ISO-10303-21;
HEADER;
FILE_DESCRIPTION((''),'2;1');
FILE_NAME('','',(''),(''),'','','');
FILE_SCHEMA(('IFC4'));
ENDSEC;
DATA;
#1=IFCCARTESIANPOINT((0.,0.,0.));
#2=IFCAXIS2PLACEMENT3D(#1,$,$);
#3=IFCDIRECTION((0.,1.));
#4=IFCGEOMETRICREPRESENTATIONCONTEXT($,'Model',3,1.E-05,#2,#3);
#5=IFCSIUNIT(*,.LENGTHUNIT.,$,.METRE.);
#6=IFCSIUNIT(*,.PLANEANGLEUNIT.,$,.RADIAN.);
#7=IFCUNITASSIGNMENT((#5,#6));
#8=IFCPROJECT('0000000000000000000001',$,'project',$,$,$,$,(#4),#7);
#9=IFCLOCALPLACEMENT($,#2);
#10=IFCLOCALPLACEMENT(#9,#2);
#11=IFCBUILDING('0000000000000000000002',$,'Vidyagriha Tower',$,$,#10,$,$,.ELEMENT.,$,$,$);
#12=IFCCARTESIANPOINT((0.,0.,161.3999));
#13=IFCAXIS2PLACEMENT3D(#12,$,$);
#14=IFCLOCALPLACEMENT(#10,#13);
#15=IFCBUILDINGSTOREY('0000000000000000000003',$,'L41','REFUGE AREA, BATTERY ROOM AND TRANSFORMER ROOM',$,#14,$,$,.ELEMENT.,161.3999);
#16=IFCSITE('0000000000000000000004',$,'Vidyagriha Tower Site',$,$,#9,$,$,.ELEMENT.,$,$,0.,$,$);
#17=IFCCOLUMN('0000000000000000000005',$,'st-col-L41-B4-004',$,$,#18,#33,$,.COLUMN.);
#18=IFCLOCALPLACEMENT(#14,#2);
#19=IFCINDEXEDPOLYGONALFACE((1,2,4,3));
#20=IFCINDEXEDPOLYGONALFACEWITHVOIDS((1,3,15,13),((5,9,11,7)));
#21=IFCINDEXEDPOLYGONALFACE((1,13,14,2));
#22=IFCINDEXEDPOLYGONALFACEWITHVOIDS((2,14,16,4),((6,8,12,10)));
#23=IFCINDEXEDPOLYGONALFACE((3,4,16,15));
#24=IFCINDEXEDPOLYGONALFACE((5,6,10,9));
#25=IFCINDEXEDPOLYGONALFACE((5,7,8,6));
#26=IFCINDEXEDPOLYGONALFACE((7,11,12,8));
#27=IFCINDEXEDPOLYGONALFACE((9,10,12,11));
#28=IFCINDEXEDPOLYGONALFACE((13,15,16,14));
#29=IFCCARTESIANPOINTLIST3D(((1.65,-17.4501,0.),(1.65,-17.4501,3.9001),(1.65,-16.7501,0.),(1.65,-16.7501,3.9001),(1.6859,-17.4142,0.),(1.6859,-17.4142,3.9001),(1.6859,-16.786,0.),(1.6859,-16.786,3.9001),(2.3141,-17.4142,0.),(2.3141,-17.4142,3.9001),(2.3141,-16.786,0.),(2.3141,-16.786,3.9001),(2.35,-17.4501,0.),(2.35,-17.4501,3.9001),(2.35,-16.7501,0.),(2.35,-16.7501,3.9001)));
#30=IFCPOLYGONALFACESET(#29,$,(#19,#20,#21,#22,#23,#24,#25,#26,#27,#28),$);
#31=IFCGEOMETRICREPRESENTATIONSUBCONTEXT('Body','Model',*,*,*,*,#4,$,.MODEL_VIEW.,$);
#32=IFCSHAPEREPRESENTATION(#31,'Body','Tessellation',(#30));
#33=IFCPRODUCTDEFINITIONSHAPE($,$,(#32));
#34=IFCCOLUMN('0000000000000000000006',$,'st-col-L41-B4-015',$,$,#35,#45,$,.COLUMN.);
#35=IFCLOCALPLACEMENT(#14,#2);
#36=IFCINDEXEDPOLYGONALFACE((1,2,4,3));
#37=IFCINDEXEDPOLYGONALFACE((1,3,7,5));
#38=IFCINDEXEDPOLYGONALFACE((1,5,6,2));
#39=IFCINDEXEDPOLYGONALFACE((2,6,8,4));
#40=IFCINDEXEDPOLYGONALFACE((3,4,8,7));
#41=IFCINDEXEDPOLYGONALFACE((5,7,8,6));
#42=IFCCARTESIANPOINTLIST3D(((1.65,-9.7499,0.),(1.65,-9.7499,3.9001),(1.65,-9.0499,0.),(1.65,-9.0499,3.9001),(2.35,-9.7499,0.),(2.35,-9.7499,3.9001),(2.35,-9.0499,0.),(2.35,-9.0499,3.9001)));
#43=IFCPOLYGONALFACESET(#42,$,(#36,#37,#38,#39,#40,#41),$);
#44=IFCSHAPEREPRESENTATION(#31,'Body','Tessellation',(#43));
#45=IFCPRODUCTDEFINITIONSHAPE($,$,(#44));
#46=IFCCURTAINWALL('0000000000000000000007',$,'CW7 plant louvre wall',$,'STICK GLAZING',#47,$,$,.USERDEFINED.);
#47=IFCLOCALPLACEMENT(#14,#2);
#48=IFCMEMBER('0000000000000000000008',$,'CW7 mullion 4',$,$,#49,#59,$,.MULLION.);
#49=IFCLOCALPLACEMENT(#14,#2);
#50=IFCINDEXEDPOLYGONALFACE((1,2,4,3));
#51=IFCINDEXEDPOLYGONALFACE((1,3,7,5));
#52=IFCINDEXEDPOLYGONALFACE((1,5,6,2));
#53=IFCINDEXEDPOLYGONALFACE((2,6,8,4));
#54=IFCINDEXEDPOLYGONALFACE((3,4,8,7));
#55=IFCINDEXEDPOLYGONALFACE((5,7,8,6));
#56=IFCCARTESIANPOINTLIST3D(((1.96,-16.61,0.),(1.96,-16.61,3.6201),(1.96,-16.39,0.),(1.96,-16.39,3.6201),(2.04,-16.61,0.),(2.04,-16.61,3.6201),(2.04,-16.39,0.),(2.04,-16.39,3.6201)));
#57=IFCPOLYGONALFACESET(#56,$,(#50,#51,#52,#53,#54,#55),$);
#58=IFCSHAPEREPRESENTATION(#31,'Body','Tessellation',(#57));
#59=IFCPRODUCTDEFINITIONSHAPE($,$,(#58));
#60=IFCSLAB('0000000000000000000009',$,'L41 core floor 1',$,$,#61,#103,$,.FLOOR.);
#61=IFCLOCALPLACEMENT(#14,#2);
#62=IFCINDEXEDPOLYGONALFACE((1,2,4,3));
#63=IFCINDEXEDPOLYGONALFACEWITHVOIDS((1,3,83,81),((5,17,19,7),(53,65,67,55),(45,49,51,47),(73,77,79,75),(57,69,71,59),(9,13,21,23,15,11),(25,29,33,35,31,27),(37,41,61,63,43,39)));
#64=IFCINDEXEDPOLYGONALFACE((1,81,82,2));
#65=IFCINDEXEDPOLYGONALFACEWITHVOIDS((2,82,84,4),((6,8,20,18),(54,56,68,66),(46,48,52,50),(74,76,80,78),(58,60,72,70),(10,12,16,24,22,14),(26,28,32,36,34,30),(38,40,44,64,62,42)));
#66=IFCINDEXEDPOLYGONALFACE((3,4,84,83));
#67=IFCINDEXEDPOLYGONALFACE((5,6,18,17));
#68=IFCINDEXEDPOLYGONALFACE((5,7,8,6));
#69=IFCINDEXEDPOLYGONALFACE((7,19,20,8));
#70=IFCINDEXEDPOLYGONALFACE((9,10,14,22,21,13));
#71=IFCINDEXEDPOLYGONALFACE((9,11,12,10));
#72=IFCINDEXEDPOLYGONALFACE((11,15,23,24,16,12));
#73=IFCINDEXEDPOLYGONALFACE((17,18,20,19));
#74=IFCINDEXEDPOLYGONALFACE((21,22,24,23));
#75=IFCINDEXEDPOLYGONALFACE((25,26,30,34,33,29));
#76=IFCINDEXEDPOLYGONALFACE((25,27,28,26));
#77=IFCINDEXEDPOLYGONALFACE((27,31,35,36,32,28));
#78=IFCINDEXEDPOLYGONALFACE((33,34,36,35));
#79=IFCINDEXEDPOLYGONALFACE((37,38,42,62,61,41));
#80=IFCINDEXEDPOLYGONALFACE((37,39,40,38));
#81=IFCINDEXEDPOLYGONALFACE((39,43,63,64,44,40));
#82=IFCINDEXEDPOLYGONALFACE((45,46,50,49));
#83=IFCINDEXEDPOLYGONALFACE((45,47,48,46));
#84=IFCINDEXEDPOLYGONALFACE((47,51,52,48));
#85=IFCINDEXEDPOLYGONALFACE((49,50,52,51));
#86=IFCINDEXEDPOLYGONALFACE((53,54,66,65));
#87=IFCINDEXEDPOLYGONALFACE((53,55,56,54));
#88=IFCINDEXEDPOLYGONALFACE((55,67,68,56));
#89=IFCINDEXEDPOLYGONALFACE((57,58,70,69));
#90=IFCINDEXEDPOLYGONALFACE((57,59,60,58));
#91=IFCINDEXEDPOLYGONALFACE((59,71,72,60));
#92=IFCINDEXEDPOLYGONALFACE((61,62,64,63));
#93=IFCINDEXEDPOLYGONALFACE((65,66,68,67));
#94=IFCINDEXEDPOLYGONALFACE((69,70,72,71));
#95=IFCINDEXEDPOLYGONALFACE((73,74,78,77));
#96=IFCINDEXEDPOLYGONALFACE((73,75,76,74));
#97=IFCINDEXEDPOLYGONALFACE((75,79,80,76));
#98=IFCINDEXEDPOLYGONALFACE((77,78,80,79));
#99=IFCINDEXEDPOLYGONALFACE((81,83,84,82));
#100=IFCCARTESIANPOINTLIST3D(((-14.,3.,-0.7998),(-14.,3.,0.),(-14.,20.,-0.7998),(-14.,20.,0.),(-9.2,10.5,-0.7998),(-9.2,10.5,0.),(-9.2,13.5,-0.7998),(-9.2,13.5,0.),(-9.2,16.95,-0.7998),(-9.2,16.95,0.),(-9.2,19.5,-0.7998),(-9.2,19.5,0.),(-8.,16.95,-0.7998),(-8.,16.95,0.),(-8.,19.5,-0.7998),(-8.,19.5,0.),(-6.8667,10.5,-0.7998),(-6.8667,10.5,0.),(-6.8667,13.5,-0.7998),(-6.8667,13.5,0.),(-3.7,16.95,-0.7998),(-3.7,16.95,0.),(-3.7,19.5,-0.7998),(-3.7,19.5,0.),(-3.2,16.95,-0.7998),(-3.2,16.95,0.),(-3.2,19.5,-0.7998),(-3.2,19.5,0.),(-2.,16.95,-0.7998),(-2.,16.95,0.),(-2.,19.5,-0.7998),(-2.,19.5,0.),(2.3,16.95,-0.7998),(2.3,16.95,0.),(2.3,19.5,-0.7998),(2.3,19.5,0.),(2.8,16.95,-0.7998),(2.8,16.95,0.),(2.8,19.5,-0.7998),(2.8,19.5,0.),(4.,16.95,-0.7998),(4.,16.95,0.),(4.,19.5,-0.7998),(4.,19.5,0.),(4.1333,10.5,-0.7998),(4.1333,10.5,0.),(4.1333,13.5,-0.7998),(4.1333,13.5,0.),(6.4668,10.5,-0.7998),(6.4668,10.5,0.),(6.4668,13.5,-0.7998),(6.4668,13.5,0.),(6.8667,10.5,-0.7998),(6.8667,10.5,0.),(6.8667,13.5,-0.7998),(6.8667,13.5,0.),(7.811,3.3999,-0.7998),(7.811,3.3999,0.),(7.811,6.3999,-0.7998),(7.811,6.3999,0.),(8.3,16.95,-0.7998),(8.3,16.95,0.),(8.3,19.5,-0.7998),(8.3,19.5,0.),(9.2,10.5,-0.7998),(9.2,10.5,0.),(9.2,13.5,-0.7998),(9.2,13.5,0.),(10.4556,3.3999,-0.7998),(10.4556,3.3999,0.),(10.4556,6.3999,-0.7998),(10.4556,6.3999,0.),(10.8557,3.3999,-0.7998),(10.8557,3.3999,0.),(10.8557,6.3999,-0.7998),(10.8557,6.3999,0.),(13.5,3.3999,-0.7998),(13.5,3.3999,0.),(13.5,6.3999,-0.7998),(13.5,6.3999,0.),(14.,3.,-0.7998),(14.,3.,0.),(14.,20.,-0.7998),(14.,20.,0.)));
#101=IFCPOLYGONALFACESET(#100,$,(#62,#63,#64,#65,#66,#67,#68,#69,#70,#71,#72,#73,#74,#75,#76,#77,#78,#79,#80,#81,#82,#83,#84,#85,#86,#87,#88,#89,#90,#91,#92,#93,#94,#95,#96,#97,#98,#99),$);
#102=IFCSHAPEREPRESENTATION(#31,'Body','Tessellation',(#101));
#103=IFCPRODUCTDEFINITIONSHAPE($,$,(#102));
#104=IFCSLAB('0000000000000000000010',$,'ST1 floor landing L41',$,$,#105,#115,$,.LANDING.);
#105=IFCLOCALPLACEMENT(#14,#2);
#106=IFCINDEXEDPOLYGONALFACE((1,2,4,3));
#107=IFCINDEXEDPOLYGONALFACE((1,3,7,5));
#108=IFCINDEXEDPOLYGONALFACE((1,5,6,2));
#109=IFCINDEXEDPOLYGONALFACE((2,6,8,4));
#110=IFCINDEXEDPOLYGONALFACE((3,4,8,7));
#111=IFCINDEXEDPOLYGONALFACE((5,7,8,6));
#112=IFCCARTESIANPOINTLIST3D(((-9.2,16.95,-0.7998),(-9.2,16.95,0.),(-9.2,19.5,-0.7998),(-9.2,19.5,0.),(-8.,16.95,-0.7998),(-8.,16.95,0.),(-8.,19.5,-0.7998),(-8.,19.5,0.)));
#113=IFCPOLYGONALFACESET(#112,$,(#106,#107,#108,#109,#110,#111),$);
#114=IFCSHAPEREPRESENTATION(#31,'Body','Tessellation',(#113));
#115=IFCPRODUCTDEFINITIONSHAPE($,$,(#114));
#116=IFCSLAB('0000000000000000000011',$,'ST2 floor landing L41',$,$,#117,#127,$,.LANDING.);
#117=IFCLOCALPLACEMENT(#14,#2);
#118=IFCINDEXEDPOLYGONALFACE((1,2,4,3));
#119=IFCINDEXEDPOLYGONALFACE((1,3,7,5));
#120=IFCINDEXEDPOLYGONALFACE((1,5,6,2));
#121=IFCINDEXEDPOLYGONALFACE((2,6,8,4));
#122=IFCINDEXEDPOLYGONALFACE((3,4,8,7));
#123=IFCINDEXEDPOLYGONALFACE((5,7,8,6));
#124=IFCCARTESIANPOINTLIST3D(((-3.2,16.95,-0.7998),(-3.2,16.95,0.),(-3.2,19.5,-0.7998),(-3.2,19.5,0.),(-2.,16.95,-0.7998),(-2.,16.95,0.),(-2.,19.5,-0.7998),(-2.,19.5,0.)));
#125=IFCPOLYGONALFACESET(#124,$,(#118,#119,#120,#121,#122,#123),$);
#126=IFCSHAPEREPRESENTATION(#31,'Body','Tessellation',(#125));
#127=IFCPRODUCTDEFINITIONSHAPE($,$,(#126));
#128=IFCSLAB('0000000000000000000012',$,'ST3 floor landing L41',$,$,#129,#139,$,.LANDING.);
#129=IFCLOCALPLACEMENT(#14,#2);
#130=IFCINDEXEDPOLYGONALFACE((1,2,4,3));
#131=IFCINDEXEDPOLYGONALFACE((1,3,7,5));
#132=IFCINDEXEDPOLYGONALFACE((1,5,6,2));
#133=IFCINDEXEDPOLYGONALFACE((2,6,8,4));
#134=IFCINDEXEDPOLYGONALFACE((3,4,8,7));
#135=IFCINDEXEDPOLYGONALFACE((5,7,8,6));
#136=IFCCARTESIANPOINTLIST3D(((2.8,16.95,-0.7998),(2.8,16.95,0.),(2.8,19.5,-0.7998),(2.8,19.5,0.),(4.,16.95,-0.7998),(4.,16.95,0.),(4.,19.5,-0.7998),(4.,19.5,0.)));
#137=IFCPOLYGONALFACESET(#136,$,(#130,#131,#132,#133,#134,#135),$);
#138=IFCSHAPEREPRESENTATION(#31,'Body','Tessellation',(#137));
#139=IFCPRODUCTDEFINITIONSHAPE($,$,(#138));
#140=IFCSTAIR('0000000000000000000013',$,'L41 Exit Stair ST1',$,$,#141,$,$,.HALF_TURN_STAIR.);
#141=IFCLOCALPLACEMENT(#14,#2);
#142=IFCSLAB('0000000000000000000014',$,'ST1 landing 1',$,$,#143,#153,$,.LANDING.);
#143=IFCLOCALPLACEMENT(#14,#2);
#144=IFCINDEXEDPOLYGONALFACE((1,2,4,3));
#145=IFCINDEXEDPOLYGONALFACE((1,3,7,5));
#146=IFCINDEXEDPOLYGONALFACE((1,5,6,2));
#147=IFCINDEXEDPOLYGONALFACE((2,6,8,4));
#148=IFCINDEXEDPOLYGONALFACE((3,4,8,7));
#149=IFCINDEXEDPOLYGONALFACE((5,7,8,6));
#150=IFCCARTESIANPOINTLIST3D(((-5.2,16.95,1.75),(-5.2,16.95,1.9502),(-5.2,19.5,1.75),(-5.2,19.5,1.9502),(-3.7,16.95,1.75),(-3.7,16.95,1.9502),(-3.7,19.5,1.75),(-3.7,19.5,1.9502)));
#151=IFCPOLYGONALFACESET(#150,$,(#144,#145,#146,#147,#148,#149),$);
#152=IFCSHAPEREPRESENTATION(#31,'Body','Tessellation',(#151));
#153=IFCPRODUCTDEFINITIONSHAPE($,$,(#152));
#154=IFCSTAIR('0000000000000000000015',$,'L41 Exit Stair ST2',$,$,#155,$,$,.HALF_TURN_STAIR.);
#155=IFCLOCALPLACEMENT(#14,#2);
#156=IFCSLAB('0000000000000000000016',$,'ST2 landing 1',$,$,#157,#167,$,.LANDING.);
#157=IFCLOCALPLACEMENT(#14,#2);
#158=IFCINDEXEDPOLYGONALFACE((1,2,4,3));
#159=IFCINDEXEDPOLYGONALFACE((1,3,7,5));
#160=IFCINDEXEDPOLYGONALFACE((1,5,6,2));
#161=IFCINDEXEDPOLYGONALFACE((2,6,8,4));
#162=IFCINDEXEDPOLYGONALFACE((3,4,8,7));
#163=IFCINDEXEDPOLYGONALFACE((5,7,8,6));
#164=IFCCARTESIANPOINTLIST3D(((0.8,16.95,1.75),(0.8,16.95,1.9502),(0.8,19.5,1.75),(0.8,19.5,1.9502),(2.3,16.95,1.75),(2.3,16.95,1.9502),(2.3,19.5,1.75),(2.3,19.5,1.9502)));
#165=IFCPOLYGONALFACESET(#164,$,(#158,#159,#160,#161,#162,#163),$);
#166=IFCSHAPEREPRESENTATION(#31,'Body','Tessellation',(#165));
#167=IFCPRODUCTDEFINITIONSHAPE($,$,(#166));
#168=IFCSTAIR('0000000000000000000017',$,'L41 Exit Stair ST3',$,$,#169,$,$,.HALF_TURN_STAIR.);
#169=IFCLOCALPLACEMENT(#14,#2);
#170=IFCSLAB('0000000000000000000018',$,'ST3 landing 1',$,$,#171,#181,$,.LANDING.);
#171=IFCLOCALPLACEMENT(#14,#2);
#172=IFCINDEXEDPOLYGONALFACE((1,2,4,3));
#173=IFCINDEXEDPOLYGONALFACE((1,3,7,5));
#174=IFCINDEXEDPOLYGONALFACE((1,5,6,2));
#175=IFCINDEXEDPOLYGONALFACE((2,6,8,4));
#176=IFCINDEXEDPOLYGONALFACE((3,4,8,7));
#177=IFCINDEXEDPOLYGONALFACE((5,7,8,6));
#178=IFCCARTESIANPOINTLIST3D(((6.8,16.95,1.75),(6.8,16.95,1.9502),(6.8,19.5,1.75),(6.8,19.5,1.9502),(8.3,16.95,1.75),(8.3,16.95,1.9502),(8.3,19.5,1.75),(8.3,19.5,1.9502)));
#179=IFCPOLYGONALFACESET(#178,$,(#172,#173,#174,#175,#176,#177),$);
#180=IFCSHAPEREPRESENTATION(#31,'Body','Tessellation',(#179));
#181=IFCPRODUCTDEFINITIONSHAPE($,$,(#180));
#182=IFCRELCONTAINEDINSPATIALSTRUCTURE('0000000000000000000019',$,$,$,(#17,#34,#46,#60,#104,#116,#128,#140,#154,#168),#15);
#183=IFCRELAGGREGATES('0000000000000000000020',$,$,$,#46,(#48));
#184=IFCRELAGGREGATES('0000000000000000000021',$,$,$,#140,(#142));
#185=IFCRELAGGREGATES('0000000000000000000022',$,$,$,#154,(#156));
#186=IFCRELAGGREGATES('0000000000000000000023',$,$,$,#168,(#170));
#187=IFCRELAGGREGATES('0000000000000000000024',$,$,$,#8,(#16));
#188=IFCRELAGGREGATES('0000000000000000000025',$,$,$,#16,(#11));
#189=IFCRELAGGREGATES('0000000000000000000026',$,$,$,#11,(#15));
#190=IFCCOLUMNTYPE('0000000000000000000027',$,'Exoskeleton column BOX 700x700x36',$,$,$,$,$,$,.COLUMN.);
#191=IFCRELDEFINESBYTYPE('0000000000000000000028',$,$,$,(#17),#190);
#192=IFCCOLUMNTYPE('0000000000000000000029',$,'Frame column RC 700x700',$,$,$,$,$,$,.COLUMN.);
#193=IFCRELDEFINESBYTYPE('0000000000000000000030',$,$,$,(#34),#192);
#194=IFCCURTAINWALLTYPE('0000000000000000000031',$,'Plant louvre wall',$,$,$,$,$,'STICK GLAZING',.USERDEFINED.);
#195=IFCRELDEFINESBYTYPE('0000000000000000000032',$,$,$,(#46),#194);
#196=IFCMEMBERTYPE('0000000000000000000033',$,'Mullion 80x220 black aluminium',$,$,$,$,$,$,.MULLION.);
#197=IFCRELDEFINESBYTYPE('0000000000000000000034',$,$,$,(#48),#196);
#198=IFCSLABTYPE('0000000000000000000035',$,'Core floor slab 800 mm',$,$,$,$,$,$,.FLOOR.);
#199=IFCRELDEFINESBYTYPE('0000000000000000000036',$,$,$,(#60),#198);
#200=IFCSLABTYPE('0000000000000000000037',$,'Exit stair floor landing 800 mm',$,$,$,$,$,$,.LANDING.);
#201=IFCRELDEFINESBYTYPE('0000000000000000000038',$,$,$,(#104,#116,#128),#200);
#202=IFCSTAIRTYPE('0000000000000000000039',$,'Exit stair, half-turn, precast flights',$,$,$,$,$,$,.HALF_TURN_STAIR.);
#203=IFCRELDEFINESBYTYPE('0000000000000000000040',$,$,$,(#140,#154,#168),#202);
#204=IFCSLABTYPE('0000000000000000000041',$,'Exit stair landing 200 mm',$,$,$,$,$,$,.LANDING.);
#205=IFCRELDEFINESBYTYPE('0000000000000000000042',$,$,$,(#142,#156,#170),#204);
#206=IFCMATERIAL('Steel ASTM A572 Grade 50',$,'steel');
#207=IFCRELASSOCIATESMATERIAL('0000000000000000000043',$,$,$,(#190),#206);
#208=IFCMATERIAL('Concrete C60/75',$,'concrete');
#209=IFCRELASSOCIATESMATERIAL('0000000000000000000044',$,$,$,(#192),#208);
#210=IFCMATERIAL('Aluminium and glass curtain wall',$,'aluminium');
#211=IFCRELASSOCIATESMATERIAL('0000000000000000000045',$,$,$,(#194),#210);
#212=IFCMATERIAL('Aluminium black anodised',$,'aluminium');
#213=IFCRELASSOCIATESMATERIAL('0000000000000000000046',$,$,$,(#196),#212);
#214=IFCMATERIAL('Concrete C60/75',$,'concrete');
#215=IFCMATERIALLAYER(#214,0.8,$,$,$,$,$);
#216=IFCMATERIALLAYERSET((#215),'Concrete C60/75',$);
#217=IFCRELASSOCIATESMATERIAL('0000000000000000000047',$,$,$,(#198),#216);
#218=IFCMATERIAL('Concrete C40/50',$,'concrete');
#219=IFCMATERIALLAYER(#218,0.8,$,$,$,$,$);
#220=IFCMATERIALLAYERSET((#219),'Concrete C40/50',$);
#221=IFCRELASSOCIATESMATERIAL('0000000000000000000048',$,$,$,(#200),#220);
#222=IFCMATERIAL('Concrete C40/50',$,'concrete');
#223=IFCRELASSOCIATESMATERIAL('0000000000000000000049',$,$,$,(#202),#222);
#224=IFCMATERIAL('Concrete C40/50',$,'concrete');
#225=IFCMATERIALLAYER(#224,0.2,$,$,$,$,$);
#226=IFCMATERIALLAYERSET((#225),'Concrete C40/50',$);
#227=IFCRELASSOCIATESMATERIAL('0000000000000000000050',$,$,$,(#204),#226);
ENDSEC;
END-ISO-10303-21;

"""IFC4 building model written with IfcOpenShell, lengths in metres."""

from ifc_helpers import new_model, si_unit, direction, frame, origin, origin_2d, place, context, subcontext, project, spatial, polyline, rectangle, hollow_rectangle, outline, extrude, material, layer, layer_set, material_profile, profile_set, type_object, element, aggregate, save


model = new_model("IFC4")

# Units and contexts
model_context = context("Model", 3, precision=1e-05, world=origin(), true_north=direction((0.0, 1.0)))
body_context = subcontext(model_context, "Body", "Model", "MODEL_VIEW")
ifc_project = project(units=[si_unit("LENGTHUNIT", "METRE"), si_unit("PLANEANGLEUNIT", "RADIAN")], contexts=[model_context])

# Site, building, storey
site_placement = place(None, origin())
site = spatial("IfcSite", under=ifc_project, at=site_placement, Name="Vidyagriha Tower Site", CompositionType="ELEMENT", RefElevation=0.0)
building_placement = place(site_placement, origin())
building = spatial("IfcBuilding", under=site, at=building_placement, Name="Vidyagriha Tower", CompositionType="ELEMENT")
storey_placement = place(building_placement, frame((0.0, 0.0, 161.3999)))
storey = spatial("IfcBuildingStorey", under=building, at=storey_placement, Name="L41", Description="REFUGE AREA, BATTERY ROOM AND TRANSFORMER ROOM", CompositionType="ELEMENT", Elevation=161.3999)

# Columns
ifc_material_1 = material(Name="Steel ASTM A572 Grade 50", Category="steel")
ifc_material_profile_1 = material_profile(ifc_material_1, hollow_rectangle(XDim=0.7, YDim=0.7, WallThickness=0.0359, at=origin_2d()), Name="BOX 700x700x36")
ifc_profile_set_1 = profile_set([ifc_material_profile_1], Name="Steel ASTM A572 Grade 50")
column_type_1 = type_object("IfcColumnType", Name="Exoskeleton column BOX 700x700x36", PredefinedType="COLUMN", material=ifc_profile_set_1)
column_1_placement = place(storey_placement, frame((2.0, -17.1001, 0.0)))
element("IfcColumn", 1, at=column_1_placement, inside=storey, type_object=column_type_1, Name="st-col-L41-B4-004", PredefinedType="COLUMN", context=body_context, shape_type="SweptSolid", body=[
    extrude(hollow_rectangle(XDim=0.7, YDim=0.7, WallThickness=0.0359, at=origin_2d()), origin(), (0.0, 0.0, 1.0), 3.9001),
])
ifc_material_2 = material(Name="Concrete C60/75", Category="concrete")
ifc_material_profile_2 = material_profile(ifc_material_2, rectangle(XDim=0.7, YDim=0.7, at=origin_2d()), Name="RC 700x700")
ifc_profile_set_2 = profile_set([ifc_material_profile_2], Name="Concrete C60/75")
column_type_2 = type_object("IfcColumnType", Name="Frame column RC 700x700", PredefinedType="COLUMN", material=ifc_profile_set_2)
column_2_placement = place(storey_placement, frame((2.0, -9.3999, 0.0)))
element("IfcColumn", 2, at=column_2_placement, inside=storey, type_object=column_type_2, Name="st-col-L41-B4-015", PredefinedType="COLUMN", context=body_context, shape_type="SweptSolid", body=[
    extrude(rectangle(XDim=0.7, YDim=0.7, at=origin_2d()), origin(), (0.0, 0.0, 1.0), 3.9001),
])

# Curtain wall, member
ifc_material_3 = material(Name="Aluminium and glass curtain wall", Category="aluminium")
curtain_wall_type = type_object("IfcCurtainWallType", Name="Plant louvre wall", ElementType="STICK GLAZING", PredefinedType="USERDEFINED", material=ifc_material_3)
curtain_wall_placement = place(storey_placement, origin())
curtain_wall = element("IfcCurtainWall", 3, at=curtain_wall_placement, inside=storey, type_object=curtain_wall_type, Name="CW7 plant louvre wall", ObjectType="STICK GLAZING", PredefinedType="USERDEFINED")
ifc_material_4 = material(Name="Aluminium black anodised", Category="aluminium")
ifc_material_profile_3 = material_profile(ifc_material_4, rectangle(XDim=0.22, YDim=0.0801, at=origin_2d()), Name="Mullion 80x220 black aluminium")
ifc_profile_set_3 = profile_set([ifc_material_profile_3], Name="Aluminium black anodised")
member_type = type_object("IfcMemberType", Name="Mullion 80x220 black aluminium", PredefinedType="MULLION", material=ifc_profile_set_3)
member_placement = place(storey_placement, frame((2.0, -16.5, 0.0), z_axis=(0.0, 0.0, 1.0), x_axis=(0.0, 1.0, 0.0)))
member = element("IfcMember", 4, at=member_placement, type_object=member_type, Name="CW7 mullion 4", PredefinedType="MULLION", context=body_context, shape_type="SweptSolid", body=[
    extrude(rectangle(XDim=0.22, YDim=0.0801, at=origin_2d()), origin(), (0.0, 0.0, 1.0), 3.6201),
])
aggregate(curtain_wall, [member])

# Slabs
ifc_material_5 = material(Name="Concrete C60/75", Category="concrete")
ifc_layer_1 = layer(ifc_material_5, 0.8)
ifc_layer_set_1 = layer_set([ifc_layer_1], Name="Concrete C60/75")
slab_type_1 = type_object("IfcSlabType", Name="Core floor slab 800 mm", PredefinedType="FLOOR", material=ifc_layer_set_1)
slab_1_placement = place(storey_placement, frame((0.0, 0.0, -0.7998)))
element("IfcSlab", 5, at=slab_1_placement, inside=storey, type_object=slab_type_1, Name="L41 core floor 1", PredefinedType="FLOOR", context=body_context, shape_type="SweptSolid", body=[
    extrude(outline(polyline([(-14.0, 3.0), (-14.0, 20.0), (14.0, 20.0), (14.0, 3.0), (-14.0, 3.0)]), holes=[polyline([(13.5, 6.3999), (10.8557, 6.3999), (10.8557, 3.3999), (13.5, 3.3999), (13.5, 6.3999)]), polyline([(10.4556, 6.3999), (7.811, 6.3999), (7.811, 3.3999), (10.4556, 3.3999), (10.4556, 6.3999)]), polyline([(9.2, 13.5), (6.8667, 13.5), (6.8667, 10.5), (9.2, 10.5), (9.2, 13.5)]), polyline([(2.8, 19.5), (2.8, 16.95), (4.0, 16.95), (8.3, 16.95), (8.3, 19.5), (4.0, 19.5), (2.8, 19.5)]), polyline([(4.1333, 13.5), (4.1333, 10.5), (6.4668, 10.5), (6.4668, 13.5), (4.1333, 13.5)]), polyline([(-2.0, 19.5), (-3.2, 19.5), (-3.2, 16.95), (-2.0, 16.95), (2.3, 16.95), (2.3, 19.5), (-2.0, 19.5)]), polyline([(-9.2, 19.5), (-9.2, 16.95), (-8.0, 16.95), (-3.7, 16.95), (-3.7, 19.5), (-8.0, 19.5), (-9.2, 19.5)]), polyline([(-9.2, 13.5), (-9.2, 10.5), (-6.8667, 10.5), (-6.8667, 13.5), (-9.2, 13.5)])]), origin(), (0.0, 0.0, 1.0), 0.7998),
])
ifc_material_6 = material(Name="Concrete C40/50", Category="concrete")
ifc_layer_2 = layer(ifc_material_6, 0.8)
ifc_layer_set_2 = layer_set([ifc_layer_2], Name="Concrete C40/50")
slab_type_2 = type_object("IfcSlabType", Name="Exit stair floor landing 800 mm", PredefinedType="LANDING", material=ifc_layer_set_2)
slab_2_placement = place(storey_placement, frame((0.0, 0.0, -0.7998)))
element("IfcSlab", 6, at=slab_2_placement, inside=storey, type_object=slab_type_2, Name="ST1 floor landing L41", PredefinedType="LANDING", context=body_context, shape_type="SweptSolid", body=[
    extrude(outline(polyline([(-9.2, 16.95), (-8.0, 16.95), (-8.0, 19.5), (-9.2, 19.5), (-9.2, 16.95)])), origin(), (0.0, 0.0, 1.0), 0.7998),
])
slab_3_placement = place(storey_placement, frame((0.0, 0.0, -0.7998)))
element("IfcSlab", 7, at=slab_3_placement, inside=storey, type_object=slab_type_2, Name="ST2 floor landing L41", PredefinedType="LANDING", context=body_context, shape_type="SweptSolid", body=[
    extrude(outline(polyline([(-3.2, 16.95), (-2.0, 16.95), (-2.0, 19.5), (-3.2, 19.5), (-3.2, 16.95)])), origin(), (0.0, 0.0, 1.0), 0.7998),
])
slab_4_placement = place(storey_placement, frame((0.0, 0.0, -0.7998)))
element("IfcSlab", 8, at=slab_4_placement, inside=storey, type_object=slab_type_2, Name="ST3 floor landing L41", PredefinedType="LANDING", context=body_context, shape_type="SweptSolid", body=[
    extrude(outline(polyline([(2.8, 16.95), (4.0, 16.95), (4.0, 19.5), (2.8, 19.5), (2.8, 16.95)])), origin(), (0.0, 0.0, 1.0), 0.7998),
])

# Stairs, slabs
ifc_material_7 = material(Name="Concrete C40/50", Category="concrete")
stair_type = type_object("IfcStairType", Name="Exit stair, half-turn, precast flights", PredefinedType="HALF_TURN_STAIR", material=ifc_material_7)
stair_1_placement = place(storey_placement, origin())
stair_1 = element("IfcStair", 9, at=stair_1_placement, inside=storey, type_object=stair_type, Name="L41 Exit Stair ST1", PredefinedType="HALF_TURN_STAIR")
ifc_material_8 = material(Name="Concrete C40/50", Category="concrete")
ifc_layer_3 = layer(ifc_material_8, 0.2)
ifc_layer_set_3 = layer_set([ifc_layer_3], Name="Concrete C40/50")
slab_type_3 = type_object("IfcSlabType", Name="Exit stair landing 200 mm", PredefinedType="LANDING", material=ifc_layer_set_3)
slab_5_placement = place(storey_placement, frame((0.0, 0.0, 1.75)))
slab_5 = element("IfcSlab", 10, at=slab_5_placement, type_object=slab_type_3, Name="ST1 landing 1", PredefinedType="LANDING", context=body_context, shape_type="SweptSolid", body=[
    extrude(outline(polyline([(-5.2, 16.95), (-3.7, 16.95), (-3.7, 19.5), (-5.2, 19.5), (-5.2, 16.95)])), origin(), (0.0, 0.0, 1.0), 0.2002),
])
aggregate(stair_1, [slab_5])
stair_2_placement = place(storey_placement, origin())
stair_2 = element("IfcStair", 11, at=stair_2_placement, inside=storey, type_object=stair_type, Name="L41 Exit Stair ST2", PredefinedType="HALF_TURN_STAIR")
slab_6_placement = place(storey_placement, frame((0.0, 0.0, 1.75)))
slab_6 = element("IfcSlab", 12, at=slab_6_placement, type_object=slab_type_3, Name="ST2 landing 1", PredefinedType="LANDING", context=body_context, shape_type="SweptSolid", body=[
    extrude(outline(polyline([(0.8, 16.95), (2.3, 16.95), (2.3, 19.5), (0.8, 19.5), (0.8, 16.95)])), origin(), (0.0, 0.0, 1.0), 0.2002),
])
aggregate(stair_2, [slab_6])
stair_3_placement = place(storey_placement, origin())
stair_3 = element("IfcStair", 13, at=stair_3_placement, inside=storey, type_object=stair_type, Name="L41 Exit Stair ST3", PredefinedType="HALF_TURN_STAIR")
slab_7_placement = place(storey_placement, frame((0.0, 0.0, 1.75)))
slab_7 = element("IfcSlab", 14, at=slab_7_placement, type_object=slab_type_3, Name="ST3 landing 1", PredefinedType="LANDING", context=body_context, shape_type="SweptSolid", body=[
    extrude(outline(polyline([(6.8, 16.95), (8.3, 16.95), (8.3, 19.5), (6.8, 19.5), (6.8, 16.95)])), origin(), (0.0, 0.0, 1.0), 0.2002),
])
aggregate(stair_3, [slab_7])

save(model, "model.ifc")
